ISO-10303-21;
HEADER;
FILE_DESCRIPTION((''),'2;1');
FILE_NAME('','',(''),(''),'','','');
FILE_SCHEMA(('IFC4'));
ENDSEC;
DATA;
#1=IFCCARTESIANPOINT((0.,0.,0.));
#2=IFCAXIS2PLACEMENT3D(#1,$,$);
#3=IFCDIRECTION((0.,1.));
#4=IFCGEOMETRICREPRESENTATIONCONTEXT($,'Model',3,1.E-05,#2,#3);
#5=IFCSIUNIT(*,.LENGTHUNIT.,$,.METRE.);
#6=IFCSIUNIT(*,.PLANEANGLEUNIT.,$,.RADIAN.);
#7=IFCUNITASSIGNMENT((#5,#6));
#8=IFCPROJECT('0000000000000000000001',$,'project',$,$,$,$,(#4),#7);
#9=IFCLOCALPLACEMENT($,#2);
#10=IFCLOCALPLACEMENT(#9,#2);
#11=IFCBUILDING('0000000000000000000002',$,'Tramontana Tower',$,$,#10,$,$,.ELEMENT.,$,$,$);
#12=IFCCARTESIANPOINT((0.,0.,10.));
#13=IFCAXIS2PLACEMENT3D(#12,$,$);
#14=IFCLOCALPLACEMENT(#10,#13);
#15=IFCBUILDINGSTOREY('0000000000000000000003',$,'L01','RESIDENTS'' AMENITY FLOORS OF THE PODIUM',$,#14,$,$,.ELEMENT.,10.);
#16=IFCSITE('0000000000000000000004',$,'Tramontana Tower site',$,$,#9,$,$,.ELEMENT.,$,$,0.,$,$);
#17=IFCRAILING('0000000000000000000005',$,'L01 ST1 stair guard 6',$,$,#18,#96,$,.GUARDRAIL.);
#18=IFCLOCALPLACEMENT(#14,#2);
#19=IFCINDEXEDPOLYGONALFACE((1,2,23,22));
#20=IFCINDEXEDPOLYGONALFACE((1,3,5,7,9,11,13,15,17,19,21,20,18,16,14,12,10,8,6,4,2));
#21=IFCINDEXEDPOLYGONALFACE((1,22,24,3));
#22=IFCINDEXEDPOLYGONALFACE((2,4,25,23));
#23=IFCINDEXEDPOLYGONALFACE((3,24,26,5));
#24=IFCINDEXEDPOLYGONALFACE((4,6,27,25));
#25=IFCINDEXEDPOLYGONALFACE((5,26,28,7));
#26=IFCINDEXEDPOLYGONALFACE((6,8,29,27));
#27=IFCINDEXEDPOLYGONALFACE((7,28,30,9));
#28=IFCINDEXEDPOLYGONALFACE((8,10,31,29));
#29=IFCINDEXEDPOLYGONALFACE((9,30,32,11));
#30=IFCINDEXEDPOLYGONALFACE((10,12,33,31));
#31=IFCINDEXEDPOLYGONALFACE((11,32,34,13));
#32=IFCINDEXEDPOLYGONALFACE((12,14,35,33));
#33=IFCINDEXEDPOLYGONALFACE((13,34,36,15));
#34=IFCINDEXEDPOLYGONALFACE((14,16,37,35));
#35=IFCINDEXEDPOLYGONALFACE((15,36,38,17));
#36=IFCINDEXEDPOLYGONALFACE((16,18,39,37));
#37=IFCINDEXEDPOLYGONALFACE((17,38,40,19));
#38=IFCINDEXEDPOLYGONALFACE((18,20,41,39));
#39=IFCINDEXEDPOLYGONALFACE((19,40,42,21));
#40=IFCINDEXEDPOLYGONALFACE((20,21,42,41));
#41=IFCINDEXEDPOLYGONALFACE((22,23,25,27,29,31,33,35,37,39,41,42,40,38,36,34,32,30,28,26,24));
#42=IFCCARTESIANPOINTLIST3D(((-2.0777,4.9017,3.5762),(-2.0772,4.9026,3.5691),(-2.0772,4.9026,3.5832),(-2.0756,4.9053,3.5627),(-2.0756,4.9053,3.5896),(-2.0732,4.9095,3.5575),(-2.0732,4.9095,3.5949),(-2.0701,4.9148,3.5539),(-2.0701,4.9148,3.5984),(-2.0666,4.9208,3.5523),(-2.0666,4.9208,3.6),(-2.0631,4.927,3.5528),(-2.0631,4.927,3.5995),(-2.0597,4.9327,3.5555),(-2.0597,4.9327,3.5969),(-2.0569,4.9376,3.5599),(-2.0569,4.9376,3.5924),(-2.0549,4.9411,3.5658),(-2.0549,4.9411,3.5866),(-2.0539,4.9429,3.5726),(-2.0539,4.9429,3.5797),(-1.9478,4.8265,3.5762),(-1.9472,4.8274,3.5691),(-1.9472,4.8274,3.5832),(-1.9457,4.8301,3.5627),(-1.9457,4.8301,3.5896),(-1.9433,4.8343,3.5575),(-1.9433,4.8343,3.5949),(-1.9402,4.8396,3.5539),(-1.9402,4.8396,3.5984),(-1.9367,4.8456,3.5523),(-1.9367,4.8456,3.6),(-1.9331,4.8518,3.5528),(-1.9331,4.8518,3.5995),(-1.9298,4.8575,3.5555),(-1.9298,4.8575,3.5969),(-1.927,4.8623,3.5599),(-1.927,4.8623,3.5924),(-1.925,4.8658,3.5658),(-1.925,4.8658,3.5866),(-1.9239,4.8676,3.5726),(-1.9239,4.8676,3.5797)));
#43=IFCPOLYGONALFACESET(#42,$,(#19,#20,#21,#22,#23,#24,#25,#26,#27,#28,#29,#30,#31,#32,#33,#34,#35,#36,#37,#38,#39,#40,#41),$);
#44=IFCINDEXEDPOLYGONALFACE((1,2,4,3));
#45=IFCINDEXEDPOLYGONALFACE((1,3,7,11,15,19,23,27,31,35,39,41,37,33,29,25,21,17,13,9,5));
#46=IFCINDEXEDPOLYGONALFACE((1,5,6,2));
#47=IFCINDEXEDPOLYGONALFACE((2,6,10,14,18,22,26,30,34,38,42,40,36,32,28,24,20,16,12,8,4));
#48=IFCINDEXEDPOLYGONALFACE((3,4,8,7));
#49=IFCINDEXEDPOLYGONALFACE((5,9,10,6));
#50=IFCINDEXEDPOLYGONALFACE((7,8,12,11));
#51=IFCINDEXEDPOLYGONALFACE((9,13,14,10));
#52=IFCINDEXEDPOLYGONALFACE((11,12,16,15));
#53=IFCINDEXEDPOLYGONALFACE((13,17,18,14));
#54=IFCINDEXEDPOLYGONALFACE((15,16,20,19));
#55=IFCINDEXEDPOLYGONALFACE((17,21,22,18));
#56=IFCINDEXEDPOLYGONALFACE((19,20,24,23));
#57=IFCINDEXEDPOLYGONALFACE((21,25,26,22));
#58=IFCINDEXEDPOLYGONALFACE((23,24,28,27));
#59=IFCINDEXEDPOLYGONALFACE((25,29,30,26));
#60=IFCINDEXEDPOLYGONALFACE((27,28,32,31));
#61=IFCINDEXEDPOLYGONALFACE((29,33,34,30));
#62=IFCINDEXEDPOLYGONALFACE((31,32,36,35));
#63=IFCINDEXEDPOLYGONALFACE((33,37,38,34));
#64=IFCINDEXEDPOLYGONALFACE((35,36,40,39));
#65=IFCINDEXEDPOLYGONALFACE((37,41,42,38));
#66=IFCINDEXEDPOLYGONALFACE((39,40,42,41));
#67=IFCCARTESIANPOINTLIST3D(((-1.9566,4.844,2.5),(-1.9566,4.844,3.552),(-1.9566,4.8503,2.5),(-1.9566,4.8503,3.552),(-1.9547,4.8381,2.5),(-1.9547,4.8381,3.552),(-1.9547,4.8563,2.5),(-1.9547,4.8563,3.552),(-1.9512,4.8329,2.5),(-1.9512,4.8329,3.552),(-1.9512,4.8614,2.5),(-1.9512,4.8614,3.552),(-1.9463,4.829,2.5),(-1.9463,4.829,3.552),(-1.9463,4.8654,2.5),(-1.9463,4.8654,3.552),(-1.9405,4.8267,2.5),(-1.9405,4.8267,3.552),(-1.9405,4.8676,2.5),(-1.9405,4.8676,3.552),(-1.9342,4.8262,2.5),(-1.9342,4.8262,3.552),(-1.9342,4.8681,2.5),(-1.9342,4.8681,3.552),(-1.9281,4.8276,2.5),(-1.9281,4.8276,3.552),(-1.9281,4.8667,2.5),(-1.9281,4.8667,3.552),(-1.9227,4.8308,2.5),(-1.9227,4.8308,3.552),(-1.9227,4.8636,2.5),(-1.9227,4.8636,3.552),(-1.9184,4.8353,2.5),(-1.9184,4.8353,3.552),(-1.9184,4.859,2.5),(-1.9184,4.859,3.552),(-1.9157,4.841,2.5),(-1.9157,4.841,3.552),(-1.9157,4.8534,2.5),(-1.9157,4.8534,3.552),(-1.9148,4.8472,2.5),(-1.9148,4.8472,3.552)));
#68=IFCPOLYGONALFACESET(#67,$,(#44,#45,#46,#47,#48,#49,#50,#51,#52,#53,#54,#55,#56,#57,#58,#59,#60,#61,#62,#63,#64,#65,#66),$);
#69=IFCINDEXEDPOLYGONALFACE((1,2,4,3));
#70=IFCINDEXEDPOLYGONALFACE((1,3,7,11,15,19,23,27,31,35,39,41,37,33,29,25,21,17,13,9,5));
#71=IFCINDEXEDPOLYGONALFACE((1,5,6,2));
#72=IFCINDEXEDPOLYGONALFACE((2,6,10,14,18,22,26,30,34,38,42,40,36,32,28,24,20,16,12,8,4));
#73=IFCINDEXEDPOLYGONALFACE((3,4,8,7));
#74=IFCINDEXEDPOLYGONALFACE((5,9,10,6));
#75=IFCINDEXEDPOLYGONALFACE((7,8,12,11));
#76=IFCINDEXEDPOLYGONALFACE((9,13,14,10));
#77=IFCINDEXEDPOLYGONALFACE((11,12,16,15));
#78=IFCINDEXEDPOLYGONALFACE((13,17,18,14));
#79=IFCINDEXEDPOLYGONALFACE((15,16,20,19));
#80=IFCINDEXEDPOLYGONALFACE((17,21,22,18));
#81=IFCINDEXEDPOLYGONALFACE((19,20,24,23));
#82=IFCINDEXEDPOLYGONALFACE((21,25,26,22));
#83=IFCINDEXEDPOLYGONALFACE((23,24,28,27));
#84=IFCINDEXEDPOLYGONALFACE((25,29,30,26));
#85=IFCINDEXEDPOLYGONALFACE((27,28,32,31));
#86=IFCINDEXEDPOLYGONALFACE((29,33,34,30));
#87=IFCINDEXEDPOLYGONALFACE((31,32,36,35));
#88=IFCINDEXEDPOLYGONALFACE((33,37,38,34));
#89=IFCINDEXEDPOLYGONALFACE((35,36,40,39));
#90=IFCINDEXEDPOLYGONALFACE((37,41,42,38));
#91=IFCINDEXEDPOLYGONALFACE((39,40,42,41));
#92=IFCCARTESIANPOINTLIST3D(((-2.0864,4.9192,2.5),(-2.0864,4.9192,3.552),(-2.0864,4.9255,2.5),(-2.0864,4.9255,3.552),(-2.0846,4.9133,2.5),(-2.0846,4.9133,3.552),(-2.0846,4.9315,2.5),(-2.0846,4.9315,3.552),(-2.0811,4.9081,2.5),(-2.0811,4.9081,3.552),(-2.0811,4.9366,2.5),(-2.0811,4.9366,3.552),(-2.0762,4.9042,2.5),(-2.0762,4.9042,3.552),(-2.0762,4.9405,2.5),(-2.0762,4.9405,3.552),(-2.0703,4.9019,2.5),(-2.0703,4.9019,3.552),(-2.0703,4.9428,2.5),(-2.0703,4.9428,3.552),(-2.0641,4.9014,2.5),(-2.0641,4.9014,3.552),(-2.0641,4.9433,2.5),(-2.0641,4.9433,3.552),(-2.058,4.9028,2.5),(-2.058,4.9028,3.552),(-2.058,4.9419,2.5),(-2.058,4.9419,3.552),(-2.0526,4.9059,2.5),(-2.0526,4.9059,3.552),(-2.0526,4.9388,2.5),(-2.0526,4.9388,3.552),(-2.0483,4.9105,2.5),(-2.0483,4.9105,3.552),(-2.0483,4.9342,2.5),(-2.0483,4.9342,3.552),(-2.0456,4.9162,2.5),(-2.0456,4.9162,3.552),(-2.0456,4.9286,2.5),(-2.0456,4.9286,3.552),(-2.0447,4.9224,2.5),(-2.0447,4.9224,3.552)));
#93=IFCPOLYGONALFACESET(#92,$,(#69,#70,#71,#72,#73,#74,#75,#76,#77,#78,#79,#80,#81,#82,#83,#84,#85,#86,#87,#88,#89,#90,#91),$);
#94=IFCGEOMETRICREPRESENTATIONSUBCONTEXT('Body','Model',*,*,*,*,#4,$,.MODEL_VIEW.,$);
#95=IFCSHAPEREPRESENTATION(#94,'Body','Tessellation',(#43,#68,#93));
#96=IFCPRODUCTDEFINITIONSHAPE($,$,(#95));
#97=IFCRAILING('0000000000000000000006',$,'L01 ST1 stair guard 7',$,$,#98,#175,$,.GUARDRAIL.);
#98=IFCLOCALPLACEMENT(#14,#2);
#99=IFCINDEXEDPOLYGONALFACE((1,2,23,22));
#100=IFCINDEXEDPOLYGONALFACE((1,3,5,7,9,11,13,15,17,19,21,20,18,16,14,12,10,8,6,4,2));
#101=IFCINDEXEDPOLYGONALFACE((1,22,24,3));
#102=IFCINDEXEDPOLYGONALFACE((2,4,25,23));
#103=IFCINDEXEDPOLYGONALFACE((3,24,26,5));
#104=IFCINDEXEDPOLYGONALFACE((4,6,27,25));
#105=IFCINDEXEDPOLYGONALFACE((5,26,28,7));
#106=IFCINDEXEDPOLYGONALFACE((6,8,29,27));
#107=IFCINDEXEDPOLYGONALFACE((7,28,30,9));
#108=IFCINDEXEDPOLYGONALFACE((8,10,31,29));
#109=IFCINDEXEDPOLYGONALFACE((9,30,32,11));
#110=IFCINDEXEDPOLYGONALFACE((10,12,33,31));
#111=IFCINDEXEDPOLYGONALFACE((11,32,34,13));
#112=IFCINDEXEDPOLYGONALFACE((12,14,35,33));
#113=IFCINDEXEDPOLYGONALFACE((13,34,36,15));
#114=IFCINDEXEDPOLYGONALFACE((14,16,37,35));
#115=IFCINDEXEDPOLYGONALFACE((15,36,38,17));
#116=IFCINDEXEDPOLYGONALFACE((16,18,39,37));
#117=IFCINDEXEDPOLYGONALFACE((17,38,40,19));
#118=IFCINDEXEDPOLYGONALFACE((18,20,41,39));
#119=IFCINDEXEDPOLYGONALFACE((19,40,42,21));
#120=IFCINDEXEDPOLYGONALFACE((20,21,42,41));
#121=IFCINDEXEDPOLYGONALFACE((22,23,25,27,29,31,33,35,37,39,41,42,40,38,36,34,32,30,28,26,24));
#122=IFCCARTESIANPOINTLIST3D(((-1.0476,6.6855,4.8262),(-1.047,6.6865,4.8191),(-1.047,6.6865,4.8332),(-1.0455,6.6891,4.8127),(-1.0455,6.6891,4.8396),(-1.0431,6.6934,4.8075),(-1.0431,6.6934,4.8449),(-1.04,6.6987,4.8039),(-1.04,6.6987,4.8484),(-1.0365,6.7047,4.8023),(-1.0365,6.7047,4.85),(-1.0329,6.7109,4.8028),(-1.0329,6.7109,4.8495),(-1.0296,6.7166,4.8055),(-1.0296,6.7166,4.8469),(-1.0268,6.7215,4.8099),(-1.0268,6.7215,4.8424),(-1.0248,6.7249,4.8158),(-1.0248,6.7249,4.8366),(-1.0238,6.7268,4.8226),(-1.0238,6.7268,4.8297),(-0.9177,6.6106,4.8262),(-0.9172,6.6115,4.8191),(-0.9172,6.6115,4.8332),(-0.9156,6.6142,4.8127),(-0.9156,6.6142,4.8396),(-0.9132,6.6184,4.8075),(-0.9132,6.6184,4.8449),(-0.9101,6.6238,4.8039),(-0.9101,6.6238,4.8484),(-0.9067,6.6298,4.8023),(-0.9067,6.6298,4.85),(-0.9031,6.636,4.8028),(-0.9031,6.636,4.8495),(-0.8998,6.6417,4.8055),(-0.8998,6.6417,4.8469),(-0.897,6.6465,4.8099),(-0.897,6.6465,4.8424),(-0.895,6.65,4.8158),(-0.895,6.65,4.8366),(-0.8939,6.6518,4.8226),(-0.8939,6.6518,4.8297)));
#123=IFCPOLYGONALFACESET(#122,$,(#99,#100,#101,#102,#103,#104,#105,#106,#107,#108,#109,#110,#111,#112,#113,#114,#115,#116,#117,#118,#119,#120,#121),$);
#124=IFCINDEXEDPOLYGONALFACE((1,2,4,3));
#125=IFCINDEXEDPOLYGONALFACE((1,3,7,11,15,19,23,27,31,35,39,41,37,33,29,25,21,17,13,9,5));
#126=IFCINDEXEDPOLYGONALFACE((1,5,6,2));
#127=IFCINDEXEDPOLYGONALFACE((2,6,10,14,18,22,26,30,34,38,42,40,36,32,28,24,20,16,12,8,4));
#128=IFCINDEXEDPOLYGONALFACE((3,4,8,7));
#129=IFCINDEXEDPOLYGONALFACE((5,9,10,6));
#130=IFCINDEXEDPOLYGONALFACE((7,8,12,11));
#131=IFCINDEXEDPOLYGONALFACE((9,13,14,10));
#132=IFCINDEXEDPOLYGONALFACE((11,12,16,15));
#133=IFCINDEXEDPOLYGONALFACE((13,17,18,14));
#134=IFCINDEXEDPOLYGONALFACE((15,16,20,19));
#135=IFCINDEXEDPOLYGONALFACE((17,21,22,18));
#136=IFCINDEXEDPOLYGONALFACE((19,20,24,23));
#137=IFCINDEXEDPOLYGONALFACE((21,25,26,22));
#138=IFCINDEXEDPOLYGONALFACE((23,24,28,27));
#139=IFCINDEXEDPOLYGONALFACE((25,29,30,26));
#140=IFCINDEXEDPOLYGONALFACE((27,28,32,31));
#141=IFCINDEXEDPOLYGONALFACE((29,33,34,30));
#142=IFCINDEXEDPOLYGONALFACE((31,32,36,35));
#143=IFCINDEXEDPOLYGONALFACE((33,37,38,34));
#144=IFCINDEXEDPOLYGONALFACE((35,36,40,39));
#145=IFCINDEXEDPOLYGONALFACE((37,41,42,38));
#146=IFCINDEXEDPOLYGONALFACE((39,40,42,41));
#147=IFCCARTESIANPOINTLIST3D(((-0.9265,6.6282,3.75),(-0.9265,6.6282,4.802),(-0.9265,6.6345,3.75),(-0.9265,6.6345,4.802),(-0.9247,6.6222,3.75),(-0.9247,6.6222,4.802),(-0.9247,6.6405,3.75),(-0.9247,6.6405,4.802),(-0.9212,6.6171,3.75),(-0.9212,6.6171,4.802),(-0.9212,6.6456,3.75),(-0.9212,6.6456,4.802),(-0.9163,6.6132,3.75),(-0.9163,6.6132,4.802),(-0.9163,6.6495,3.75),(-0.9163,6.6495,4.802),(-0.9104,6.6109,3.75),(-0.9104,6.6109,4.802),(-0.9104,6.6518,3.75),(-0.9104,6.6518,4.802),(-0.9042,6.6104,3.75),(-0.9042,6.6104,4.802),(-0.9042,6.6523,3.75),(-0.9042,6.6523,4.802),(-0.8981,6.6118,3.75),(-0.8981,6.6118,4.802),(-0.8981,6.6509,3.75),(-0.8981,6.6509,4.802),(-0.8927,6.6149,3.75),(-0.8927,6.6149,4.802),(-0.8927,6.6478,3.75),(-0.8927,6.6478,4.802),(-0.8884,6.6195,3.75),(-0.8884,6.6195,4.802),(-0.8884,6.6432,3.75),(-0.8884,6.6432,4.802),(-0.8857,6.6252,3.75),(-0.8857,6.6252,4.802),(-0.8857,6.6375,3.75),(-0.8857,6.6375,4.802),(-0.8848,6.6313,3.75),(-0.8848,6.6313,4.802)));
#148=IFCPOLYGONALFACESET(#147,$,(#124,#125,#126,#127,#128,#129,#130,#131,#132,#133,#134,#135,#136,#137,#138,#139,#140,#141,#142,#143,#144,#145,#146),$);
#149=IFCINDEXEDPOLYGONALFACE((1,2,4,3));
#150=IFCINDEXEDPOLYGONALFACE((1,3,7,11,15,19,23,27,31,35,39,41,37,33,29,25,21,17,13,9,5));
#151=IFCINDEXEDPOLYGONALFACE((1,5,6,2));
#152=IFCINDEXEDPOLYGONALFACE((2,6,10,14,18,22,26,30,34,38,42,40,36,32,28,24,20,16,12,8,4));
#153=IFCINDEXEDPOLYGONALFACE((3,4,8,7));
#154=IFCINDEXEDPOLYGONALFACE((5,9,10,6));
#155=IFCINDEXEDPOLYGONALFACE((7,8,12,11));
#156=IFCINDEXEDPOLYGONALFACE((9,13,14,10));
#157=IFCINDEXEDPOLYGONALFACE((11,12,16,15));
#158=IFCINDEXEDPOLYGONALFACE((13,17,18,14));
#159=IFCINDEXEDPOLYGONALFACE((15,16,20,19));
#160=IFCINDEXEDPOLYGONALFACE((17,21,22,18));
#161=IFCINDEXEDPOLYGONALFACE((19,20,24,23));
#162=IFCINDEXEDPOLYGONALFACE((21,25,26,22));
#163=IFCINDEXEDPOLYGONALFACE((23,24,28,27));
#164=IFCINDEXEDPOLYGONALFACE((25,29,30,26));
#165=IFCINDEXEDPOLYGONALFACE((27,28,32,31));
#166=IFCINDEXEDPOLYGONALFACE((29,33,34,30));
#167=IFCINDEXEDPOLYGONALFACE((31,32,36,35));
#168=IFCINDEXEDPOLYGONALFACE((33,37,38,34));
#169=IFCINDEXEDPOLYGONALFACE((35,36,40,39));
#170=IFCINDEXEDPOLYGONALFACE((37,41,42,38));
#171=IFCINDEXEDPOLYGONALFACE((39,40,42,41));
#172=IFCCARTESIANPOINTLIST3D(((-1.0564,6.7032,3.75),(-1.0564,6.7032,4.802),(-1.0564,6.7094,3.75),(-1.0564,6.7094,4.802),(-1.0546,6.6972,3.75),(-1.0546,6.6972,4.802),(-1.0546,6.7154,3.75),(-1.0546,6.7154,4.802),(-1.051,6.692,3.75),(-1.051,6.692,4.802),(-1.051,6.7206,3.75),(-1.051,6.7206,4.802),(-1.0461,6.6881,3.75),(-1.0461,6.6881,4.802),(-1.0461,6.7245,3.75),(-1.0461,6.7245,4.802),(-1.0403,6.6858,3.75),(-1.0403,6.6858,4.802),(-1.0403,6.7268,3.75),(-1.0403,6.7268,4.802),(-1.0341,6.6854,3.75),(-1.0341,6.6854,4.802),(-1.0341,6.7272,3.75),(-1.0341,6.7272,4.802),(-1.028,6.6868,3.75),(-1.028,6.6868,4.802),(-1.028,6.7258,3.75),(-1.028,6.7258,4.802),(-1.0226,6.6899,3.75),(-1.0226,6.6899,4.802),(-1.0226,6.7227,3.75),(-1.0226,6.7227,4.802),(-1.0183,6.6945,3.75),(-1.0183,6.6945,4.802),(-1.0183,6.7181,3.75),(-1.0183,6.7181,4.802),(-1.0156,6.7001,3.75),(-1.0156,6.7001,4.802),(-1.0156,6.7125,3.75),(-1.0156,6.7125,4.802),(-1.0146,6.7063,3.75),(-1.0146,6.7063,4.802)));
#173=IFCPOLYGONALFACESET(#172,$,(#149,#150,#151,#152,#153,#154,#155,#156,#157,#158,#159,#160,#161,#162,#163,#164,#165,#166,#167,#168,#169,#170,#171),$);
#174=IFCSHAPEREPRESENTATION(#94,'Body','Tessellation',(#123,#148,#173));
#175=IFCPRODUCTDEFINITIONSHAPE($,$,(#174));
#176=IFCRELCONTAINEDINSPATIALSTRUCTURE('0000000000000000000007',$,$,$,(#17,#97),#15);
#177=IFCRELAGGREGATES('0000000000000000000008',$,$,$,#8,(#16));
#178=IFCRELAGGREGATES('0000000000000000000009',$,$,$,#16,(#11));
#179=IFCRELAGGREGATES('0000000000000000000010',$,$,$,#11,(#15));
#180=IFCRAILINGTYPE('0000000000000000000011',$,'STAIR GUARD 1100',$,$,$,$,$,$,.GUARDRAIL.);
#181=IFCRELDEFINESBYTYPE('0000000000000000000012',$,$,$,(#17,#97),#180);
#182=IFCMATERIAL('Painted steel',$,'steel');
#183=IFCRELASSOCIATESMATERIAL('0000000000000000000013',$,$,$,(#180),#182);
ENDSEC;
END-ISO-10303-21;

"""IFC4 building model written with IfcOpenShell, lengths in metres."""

from ifc_helpers import new_model, si_unit, direction, frame, origin, origin_2d, place, context, subcontext, project, spatial, circle, extrude, material, type_object, element, save


model = new_model("IFC4")

# Units and contexts
model_context = context("Model", 3, precision=1e-05, world=origin(), true_north=direction((0.0, 1.0)))
body_context = subcontext(model_context, "Body", "Model", "MODEL_VIEW")
ifc_project = project(units=[si_unit("LENGTHUNIT", "METRE"), si_unit("PLANEANGLEUNIT", "RADIAN")], contexts=[model_context])

# Site, building, storey
site_placement = place(None, origin())
site = spatial("IfcSite", under=ifc_project, at=site_placement, Name="Tramontana Tower site", CompositionType="ELEMENT", RefElevation=0.0)
building_placement = place(site_placement, origin())
building = spatial("IfcBuilding", under=site, at=building_placement, Name="Tramontana Tower", CompositionType="ELEMENT")
storey_placement = place(building_placement, frame((0.0, 0.0, 10.0)))
storey = spatial("IfcBuildingStorey", under=building, at=storey_placement, Name="L01", Description="RESIDENTS' AMENITY FLOORS OF THE PODIUM", CompositionType="ELEMENT", Elevation=10.0)

# Railings
ifc_material_1 = material(Name="Painted steel", Category="steel")
railing_type_1 = type_object("IfcRailingType", Name="STAIR GUARD 1100", PredefinedType="GUARDRAIL", material=ifc_material_1)
railing_1_placement = place(storey_placement, frame((-1.9358, 4.8472, 2.5)))
element("IfcRailing", 1, at=railing_1_placement, inside=storey, type_object=railing_type_1, Name="L01 ST1 stair guard 6", PredefinedType="GUARDRAIL", context=body_context, shape_type="SweptSolid", body=[
    extrude(circle(Radius=0.0239, at=origin_2d()), frame((0.0, 0.0, 1.0762), z_axis=(-0.865426, 0.501036, 0.0), x_axis=(-0.501036, -0.865426, 0.0)), (0.0, 0.0, 1.0), 0.1501),
    extrude(circle(Radius=0.021, at=origin_2d()), origin(), (0.0, 0.0, 1.0), 1.052),
    extrude(circle(Radius=0.021, at=origin_2d()), frame((-0.1299, 0.0752, 0.0)), (0.0, 0.0, 1.0), 1.052),
])
railing_2_placement = place(storey_placement, frame((-0.9058, 6.6313, 3.75)))
element("IfcRailing", 2, at=railing_2_placement, inside=storey, type_object=railing_type_1, Name="L01 ST1 stair guard 7", PredefinedType="GUARDRAIL", context=body_context, shape_type="SweptSolid", body=[
    extrude(circle(Radius=0.0239, at=origin_2d()), frame((0.0, 0.0, 1.0762), z_axis=(-0.866131, 0.499816, 0.0), x_axis=(-0.499816, -0.866131, 0.0)), (0.0, 0.0, 1.0), 0.1499),
    extrude(circle(Radius=0.021, at=origin_2d()), origin(), (0.0, 0.0, 1.0), 1.052),
    extrude(circle(Radius=0.021, at=origin_2d()), frame((-0.1299, 0.075, 0.0)), (0.0, 0.0, 1.0), 1.052),
])

save(model, "model.ifc")
